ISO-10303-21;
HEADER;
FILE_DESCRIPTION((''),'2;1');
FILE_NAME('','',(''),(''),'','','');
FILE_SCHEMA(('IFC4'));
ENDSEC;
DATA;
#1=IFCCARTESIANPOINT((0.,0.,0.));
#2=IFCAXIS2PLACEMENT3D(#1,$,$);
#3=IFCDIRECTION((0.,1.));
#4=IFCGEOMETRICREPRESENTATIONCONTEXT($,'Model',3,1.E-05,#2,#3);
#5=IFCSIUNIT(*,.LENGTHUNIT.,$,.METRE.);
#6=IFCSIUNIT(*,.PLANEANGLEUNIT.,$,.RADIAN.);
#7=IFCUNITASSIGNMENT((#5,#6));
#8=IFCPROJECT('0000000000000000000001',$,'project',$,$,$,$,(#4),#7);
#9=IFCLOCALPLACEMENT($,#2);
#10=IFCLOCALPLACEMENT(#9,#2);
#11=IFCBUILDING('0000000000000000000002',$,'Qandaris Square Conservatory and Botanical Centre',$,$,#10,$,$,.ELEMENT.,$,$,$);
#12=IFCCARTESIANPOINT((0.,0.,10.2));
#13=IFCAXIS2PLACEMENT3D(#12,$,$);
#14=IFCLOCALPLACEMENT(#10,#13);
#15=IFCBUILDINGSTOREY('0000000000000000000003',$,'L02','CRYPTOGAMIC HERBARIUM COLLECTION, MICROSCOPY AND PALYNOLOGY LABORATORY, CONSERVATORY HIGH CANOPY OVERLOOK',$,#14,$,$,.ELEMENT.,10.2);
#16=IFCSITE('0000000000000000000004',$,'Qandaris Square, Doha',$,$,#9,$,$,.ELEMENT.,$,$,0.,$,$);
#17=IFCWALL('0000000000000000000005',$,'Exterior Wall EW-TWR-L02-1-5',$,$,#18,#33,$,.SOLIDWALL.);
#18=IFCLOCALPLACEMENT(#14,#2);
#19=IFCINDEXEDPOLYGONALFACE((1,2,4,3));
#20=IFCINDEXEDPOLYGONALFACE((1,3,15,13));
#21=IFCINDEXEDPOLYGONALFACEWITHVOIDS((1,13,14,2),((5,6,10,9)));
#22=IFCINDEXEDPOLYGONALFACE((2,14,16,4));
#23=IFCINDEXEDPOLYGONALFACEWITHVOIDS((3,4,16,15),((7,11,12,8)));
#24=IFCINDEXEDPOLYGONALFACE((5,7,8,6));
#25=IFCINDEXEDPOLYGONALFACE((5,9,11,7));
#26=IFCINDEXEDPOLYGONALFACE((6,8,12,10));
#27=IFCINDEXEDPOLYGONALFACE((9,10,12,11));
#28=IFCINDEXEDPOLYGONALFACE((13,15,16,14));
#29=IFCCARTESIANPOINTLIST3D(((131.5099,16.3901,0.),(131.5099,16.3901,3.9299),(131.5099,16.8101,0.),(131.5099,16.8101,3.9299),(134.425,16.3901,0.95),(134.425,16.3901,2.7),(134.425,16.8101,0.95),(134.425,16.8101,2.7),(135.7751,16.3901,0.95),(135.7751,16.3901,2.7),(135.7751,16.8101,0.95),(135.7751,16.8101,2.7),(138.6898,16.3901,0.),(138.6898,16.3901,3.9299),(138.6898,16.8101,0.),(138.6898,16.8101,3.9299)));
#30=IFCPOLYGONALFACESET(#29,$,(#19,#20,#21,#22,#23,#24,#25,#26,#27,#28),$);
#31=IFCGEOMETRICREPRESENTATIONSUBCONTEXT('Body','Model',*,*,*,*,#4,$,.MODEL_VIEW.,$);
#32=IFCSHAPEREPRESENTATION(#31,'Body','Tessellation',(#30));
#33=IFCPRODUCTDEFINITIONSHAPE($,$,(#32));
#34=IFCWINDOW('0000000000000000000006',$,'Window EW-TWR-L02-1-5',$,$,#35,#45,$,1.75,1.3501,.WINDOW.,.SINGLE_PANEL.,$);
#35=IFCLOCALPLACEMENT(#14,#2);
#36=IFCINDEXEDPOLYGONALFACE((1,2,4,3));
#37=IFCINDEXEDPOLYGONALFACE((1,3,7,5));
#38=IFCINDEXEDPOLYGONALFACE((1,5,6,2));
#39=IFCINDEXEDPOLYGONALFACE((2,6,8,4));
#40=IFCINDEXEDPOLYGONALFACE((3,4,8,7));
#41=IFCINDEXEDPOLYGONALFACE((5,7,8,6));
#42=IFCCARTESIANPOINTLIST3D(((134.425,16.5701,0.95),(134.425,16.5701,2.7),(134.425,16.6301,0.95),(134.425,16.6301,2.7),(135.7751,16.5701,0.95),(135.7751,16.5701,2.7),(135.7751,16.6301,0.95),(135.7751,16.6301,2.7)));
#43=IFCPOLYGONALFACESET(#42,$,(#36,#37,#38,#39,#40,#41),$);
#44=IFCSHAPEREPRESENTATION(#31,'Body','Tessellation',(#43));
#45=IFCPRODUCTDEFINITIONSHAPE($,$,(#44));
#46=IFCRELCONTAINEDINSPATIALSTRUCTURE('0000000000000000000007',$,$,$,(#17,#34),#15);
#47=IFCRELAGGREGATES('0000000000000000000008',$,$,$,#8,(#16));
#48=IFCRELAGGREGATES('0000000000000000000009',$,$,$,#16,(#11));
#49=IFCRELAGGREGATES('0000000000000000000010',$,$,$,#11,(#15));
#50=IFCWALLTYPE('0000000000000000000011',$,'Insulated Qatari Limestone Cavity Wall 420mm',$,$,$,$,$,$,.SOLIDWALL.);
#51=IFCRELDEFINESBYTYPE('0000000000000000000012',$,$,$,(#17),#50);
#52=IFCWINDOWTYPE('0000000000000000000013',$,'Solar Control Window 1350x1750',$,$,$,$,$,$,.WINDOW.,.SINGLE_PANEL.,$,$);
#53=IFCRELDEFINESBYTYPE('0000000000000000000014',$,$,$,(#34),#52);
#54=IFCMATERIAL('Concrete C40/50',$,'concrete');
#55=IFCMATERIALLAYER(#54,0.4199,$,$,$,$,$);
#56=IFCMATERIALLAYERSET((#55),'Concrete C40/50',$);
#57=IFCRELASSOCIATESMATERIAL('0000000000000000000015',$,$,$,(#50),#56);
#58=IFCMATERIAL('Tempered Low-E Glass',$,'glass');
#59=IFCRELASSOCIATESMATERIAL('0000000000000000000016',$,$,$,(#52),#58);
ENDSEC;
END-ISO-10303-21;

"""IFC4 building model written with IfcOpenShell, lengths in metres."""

from ifc_helpers import new_model, si_unit, direction, frame, frame_2d, origin, place, context, subcontext, project, spatial, rectangle, extrude, material, layer, layer_set, type_object, element, fill, save


model = new_model("IFC4")

# Units and contexts
model_context = context("Model", 3, precision=1e-05, world=origin(), true_north=direction((0.0, 1.0)))
body_context = subcontext(model_context, "Body", "Model", "MODEL_VIEW")
ifc_project = project(units=[si_unit("LENGTHUNIT", "METRE"), si_unit("PLANEANGLEUNIT", "RADIAN")], contexts=[model_context])

# Site, building, storey
site_placement = place(None, origin())
site = spatial("IfcSite", under=ifc_project, at=site_placement, Name="Qandaris Square, Doha", CompositionType="ELEMENT", RefElevation=0.0)
building_placement = place(site_placement, origin())
building = spatial("IfcBuilding", under=site, at=building_placement, Name="Qandaris Square Conservatory and Botanical Centre", CompositionType="ELEMENT")
storey_placement = place(building_placement, frame((0.0, 0.0, 10.2)))
storey = spatial("IfcBuildingStorey", under=building, at=storey_placement, Name="L02", Description="CRYPTOGAMIC HERBARIUM COLLECTION, MICROSCOPY AND PALYNOLOGY LABORATORY, CONSERVATORY HIGH CANOPY OVERLOOK", CompositionType="ELEMENT", Elevation=10.2)

# Shared definitions
ifc_material_1 = material(Name="Concrete C40/50", Category="concrete")

# Wall, opening, window
ifc_layer_1 = layer(ifc_material_1, 0.4199)
ifc_layer_set_1 = layer_set([ifc_layer_1], Name="Concrete C40/50")
wall_type_1 = type_object("IfcWallType", Name="Insulated Qatari Limestone Cavity Wall 420mm", PredefinedType="SOLIDWALL", material=ifc_layer_set_1)
ifc_material_2 = material(Name="Tempered Low-E Glass", Category="glass")
wall_1_placement = place(storey_placement, frame((131.51, 16.6001, 0.0), z_axis=(0.0, 0.0, 1.0), x_axis=(1.0, 0.0, 0.0)))
wall_1 = element("IfcWall", 1, at=wall_1_placement, inside=storey, type_object=wall_type_1, Name="Exterior Wall EW-TWR-L02-1-5", PredefinedType="SOLIDWALL", context=body_context, shape_type="SweptSolid", body=[
    extrude(rectangle(XDim=7.1799, YDim=0.4199, at=frame_2d((3.5898, 0.0))), origin(), (0.0, 0.0, 1.0), 3.9299),
])
opening_1_placement = place(wall_1_placement, frame((2.915, 0.0, 0.95)))
opening_1 = element("IfcOpeningElement", 2, at=opening_1_placement, cuts=wall_1, PredefinedType="OPENING", context=body_context, shape_type="SweptSolid", body=[
    extrude(rectangle(XDim=1.3501, YDim=1.75, at=frame_2d((0.675, 0.875))), frame((0.0, 0.2219, 0.0), z_axis=(0.0, -1.0, 0.0), x_axis=(1.0, 0.0, 0.0)), (0.0, 0.0, 1.0), 0.4438),
])
window_type_1 = type_object("IfcWindowType", Name="Solar Control Window 1350x1750", PartitioningType="SINGLE_PANEL", PredefinedType="WINDOW", material=ifc_material_2)
window_1_placement = place(opening_1_placement, origin())
window_1 = element("IfcWindow", 3, at=window_1_placement, inside=storey, type_object=window_type_1, Name="Window EW-TWR-L02-1-5", OverallHeight=1.75, OverallWidth=1.3501, PartitioningType="SINGLE_PANEL", PredefinedType="WINDOW", context=body_context, shape_type="SweptSolid", body=[
    extrude(rectangle(XDim=1.3501, YDim=1.75, at=frame_2d((0.675, 0.875))), frame((0.0, 0.03, 0.0), z_axis=(0.0, -1.0, 0.0), x_axis=(1.0, 0.0, 0.0)), (0.0, 0.0, 1.0), 0.0601),
])
fill(opening_1, window_1)

save(model, "model.ifc")
